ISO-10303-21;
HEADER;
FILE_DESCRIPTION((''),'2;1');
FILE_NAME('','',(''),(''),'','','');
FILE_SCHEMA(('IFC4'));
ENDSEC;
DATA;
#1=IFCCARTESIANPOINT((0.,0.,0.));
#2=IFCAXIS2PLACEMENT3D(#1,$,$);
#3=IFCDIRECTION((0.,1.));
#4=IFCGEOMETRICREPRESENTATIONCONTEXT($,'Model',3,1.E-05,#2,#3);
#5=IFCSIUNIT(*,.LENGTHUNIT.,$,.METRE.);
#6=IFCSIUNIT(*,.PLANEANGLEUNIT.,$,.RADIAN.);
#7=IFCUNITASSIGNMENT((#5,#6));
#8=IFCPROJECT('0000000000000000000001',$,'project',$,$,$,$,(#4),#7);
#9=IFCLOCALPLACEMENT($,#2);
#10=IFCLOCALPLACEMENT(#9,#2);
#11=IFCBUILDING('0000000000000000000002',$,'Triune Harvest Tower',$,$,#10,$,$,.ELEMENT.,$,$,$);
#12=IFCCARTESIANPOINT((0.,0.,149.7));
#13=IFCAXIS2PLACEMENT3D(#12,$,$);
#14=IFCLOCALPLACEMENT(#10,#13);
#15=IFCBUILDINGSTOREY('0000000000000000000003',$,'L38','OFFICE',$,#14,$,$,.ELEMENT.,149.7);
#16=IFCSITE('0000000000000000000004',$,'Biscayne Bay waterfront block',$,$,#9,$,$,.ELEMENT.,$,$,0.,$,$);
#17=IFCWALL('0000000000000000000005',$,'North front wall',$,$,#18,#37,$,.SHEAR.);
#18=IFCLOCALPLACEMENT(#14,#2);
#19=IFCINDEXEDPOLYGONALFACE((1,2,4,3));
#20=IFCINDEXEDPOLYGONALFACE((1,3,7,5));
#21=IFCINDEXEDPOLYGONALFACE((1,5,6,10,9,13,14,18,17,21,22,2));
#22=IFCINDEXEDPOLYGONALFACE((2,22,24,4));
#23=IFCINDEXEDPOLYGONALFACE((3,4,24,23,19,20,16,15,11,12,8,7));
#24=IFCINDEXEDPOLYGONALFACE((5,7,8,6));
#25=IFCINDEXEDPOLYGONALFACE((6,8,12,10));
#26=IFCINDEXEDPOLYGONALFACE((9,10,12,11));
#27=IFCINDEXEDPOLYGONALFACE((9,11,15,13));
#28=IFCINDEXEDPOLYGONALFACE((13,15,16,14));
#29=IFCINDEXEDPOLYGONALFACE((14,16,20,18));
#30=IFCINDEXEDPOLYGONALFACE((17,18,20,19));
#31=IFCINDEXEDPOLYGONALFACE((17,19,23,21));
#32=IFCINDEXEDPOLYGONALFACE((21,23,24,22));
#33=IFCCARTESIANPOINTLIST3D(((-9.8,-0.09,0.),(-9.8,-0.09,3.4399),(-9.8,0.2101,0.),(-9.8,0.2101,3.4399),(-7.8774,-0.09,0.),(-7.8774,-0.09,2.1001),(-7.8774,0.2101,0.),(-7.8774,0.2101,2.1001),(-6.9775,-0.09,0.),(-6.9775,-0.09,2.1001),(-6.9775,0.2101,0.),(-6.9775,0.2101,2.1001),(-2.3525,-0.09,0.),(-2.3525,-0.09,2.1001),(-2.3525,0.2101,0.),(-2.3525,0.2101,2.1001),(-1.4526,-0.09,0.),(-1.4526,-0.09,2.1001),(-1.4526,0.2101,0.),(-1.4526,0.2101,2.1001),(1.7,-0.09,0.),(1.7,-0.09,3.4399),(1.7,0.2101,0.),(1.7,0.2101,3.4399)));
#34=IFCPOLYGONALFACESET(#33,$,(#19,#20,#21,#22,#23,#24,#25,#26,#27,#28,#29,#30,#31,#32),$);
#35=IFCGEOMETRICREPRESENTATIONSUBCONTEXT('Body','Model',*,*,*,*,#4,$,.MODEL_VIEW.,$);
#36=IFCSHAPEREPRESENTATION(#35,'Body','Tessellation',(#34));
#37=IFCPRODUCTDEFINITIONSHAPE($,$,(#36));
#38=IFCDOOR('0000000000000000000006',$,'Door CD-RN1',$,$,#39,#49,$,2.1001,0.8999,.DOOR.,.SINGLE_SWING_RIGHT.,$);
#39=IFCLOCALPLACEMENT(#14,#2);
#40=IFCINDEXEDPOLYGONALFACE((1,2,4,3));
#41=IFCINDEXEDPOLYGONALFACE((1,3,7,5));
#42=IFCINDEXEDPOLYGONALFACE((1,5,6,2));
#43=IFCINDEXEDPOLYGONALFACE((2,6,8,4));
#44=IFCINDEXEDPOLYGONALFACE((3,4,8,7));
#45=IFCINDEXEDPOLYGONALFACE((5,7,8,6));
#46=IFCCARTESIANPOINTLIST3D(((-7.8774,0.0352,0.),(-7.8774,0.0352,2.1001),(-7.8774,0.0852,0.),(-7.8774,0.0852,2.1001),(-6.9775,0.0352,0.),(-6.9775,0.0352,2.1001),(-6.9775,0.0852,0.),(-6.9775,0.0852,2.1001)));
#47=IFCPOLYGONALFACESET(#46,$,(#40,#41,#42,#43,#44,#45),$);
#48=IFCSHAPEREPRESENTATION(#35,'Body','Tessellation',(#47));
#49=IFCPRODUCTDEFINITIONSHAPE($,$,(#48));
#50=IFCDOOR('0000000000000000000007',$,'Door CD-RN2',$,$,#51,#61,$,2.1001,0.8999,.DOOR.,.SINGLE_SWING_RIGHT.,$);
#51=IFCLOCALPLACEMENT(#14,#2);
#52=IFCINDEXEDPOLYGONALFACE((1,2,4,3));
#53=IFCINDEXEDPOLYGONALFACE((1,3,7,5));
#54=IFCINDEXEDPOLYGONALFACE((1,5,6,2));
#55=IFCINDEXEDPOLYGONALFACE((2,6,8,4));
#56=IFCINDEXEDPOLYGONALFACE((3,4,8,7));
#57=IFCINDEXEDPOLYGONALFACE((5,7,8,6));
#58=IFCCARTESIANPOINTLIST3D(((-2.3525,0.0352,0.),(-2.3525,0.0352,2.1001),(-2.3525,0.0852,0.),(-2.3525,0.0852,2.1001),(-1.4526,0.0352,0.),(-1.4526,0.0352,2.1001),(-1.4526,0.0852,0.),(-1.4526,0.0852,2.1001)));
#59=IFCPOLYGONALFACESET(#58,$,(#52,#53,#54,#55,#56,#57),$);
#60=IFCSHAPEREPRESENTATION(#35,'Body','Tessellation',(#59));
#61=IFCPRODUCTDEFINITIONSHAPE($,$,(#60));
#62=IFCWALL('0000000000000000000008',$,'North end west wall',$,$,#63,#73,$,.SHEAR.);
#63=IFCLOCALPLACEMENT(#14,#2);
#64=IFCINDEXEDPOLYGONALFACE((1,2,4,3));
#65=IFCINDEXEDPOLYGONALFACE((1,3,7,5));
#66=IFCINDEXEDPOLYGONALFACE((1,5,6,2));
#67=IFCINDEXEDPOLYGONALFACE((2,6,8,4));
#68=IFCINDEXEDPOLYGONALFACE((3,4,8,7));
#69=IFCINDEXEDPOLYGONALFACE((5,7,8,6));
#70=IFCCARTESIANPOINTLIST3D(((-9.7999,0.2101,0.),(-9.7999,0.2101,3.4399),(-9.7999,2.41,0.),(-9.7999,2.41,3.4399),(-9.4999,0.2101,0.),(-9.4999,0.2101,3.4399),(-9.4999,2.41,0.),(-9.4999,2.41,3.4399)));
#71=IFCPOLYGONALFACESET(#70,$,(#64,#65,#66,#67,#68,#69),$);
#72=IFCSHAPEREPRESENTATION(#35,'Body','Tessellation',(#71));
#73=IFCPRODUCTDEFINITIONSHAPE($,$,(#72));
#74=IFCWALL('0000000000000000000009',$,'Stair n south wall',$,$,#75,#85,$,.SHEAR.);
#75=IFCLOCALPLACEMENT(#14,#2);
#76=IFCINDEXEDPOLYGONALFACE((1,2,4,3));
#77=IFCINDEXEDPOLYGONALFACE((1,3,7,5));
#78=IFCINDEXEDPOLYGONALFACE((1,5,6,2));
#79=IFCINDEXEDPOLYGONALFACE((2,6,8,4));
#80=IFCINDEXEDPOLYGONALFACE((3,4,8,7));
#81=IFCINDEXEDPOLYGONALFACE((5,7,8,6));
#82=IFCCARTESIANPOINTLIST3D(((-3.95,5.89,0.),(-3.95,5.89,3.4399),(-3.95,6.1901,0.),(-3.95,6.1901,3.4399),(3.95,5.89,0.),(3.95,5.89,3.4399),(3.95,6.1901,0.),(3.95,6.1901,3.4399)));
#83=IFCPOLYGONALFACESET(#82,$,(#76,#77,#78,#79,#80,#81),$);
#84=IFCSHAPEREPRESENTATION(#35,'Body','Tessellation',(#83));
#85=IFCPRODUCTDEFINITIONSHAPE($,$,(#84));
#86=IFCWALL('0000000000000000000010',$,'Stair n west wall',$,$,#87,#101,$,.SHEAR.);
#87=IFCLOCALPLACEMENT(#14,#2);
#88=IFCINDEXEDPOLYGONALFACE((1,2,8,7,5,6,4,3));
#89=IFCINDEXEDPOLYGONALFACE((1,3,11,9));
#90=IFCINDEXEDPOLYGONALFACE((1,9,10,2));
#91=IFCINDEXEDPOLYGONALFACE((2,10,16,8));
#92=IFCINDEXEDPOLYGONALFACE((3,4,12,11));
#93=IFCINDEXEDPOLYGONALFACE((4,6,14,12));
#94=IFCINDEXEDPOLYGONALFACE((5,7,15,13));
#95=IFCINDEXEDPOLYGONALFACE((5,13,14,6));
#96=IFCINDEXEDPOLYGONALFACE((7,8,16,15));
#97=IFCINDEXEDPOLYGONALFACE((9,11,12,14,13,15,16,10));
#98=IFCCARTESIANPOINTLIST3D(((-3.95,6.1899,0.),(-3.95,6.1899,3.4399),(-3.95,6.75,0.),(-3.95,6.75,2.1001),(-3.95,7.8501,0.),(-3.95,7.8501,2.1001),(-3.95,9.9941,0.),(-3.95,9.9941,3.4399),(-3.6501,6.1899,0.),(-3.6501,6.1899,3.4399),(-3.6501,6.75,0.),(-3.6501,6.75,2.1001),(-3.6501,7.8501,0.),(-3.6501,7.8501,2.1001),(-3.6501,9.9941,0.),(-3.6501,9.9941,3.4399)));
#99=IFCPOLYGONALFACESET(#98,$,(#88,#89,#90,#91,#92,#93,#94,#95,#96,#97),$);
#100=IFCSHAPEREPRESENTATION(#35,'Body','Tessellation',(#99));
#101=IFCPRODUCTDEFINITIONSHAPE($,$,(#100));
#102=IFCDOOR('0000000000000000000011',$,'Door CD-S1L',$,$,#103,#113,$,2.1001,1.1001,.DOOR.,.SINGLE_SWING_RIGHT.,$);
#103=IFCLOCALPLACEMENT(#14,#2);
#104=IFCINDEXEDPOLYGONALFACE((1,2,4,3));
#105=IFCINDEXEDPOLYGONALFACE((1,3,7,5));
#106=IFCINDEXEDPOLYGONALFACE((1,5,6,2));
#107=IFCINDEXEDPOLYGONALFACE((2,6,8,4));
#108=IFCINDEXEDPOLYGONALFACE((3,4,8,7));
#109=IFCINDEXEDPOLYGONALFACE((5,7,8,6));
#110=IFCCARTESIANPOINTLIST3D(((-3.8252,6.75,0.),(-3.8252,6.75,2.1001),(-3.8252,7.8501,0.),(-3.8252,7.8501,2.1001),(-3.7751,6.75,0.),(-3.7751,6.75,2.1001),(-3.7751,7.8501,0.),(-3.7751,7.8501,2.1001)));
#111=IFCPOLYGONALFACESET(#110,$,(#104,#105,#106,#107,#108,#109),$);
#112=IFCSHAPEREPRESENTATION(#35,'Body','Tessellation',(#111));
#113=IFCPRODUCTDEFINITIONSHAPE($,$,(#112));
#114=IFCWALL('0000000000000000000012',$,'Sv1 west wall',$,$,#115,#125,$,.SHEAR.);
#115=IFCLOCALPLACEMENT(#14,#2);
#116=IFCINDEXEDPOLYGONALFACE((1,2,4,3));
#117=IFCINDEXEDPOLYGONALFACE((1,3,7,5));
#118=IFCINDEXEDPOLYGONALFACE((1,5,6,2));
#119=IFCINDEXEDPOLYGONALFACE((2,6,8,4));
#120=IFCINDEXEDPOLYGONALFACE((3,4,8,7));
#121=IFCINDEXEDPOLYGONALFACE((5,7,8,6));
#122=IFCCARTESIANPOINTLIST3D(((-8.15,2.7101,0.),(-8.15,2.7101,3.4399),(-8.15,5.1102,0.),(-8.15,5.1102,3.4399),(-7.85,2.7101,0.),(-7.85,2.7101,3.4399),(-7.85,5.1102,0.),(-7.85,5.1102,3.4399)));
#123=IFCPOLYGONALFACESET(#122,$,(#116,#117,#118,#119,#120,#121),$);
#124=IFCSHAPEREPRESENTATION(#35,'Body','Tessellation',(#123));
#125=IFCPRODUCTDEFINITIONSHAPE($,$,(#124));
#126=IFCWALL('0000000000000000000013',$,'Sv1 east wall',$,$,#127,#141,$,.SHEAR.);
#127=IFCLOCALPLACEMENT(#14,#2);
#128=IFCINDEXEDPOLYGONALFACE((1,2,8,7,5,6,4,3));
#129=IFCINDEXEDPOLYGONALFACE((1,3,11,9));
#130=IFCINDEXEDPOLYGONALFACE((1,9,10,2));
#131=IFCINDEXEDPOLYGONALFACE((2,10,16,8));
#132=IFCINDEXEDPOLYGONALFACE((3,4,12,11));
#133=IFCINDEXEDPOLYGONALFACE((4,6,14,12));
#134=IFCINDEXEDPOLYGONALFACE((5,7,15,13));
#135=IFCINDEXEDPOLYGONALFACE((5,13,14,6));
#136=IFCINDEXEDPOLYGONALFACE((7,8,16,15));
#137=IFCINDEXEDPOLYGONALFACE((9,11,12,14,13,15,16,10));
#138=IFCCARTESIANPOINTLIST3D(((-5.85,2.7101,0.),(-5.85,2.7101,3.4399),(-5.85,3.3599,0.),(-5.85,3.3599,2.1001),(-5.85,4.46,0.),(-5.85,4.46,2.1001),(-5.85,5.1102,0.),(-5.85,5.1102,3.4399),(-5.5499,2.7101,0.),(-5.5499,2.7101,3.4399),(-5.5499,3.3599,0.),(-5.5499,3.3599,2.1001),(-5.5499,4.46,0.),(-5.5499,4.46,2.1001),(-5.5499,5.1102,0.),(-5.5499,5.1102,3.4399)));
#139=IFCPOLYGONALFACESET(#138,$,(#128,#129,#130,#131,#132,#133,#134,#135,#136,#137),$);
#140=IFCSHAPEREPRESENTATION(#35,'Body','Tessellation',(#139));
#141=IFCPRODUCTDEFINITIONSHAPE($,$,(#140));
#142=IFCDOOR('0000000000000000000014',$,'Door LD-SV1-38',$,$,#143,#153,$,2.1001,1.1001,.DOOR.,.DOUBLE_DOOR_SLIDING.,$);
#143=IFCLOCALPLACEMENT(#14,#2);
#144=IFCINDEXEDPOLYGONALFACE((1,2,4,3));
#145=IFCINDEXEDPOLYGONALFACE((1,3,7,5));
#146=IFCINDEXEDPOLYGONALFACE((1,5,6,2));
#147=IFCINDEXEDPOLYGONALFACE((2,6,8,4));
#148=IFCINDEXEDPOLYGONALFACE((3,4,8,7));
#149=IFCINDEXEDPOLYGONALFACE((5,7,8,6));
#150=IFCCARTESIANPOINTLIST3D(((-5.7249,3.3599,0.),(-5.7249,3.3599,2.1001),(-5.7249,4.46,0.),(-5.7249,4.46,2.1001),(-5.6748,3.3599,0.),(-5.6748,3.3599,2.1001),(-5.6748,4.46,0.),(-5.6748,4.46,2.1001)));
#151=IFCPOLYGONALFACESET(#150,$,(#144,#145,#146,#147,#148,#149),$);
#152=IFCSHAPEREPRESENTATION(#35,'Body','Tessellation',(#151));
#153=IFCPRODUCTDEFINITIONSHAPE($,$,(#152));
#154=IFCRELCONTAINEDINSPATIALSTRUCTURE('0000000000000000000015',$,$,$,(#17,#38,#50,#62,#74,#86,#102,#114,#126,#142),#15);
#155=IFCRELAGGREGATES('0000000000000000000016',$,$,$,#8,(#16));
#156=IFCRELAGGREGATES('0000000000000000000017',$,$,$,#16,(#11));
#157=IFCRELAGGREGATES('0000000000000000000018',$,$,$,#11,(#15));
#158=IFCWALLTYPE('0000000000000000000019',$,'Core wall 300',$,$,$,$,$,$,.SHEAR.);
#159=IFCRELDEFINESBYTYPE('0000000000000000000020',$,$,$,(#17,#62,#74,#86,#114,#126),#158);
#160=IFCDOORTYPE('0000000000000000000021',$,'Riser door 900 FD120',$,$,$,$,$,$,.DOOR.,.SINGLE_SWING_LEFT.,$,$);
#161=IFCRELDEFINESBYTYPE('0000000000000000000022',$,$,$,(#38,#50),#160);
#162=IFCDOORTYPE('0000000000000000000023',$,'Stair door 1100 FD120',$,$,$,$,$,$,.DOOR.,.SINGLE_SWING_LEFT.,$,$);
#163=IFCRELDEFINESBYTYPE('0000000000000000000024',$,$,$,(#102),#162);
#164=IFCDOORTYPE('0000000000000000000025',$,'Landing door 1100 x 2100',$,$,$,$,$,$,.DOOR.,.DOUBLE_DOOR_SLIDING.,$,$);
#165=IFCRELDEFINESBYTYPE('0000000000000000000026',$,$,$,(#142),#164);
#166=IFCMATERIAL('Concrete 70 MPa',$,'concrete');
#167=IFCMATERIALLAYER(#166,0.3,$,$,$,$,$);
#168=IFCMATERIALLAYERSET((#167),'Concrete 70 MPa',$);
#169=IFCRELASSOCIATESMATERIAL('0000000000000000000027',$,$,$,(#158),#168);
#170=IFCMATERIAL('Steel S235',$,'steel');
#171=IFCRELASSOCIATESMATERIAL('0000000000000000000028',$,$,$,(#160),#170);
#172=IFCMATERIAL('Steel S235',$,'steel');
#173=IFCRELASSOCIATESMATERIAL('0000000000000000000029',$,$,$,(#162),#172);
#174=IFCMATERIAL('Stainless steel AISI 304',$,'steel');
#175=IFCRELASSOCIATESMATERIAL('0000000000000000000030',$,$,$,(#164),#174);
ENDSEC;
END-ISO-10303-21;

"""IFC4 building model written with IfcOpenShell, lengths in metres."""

from ifc_helpers import new_model, si_unit, direction, frame, frame_2d, origin, place, context, subcontext, project, spatial, polyline, rectangle, outline, extrude, source, transform, mapped, material, layer, layer_set, type_object, element, fill, save


model = new_model("IFC4")

# Units and contexts
model_context = context("Model", 3, precision=1e-05, world=origin(), true_north=direction((0.0, 1.0)))
body_context = subcontext(model_context, "Body", "Model", "MODEL_VIEW")
ifc_project = project(units=[si_unit("LENGTHUNIT", "METRE"), si_unit("PLANEANGLEUNIT", "RADIAN")], contexts=[model_context])

# Site, building, storey
site_placement = place(None, origin())
site = spatial("IfcSite", under=ifc_project, at=site_placement, Name="Biscayne Bay waterfront block", CompositionType="ELEMENT", RefElevation=0.0)
building_placement = place(site_placement, origin())
building = spatial("IfcBuilding", under=site, at=building_placement, Name="Triune Harvest Tower", CompositionType="ELEMENT")
storey_placement = place(building_placement, frame((0.0, 0.0, 149.7)))
storey = spatial("IfcBuildingStorey", under=building, at=storey_placement, Name="L38", Description="OFFICE", CompositionType="ELEMENT", Elevation=149.7)

# Wall, openings, doors
ifc_material_1 = material(Name="Concrete 70 MPa", Category="concrete")
ifc_layer_1 = layer(ifc_material_1, 0.3)
ifc_layer_set_1 = layer_set([ifc_layer_1], Name="Concrete 70 MPa")
wall_type_1 = type_object("IfcWallType", Name="Core wall 300", PredefinedType="SHEAR", material=ifc_layer_set_1)
shared_shape_1 = source(origin(), body_context, "Body", "SweptSolid", [
    extrude(rectangle(XDim=11.5, YDim=0.3, at=frame_2d((5.75, 0.0))), origin(), (0.0, 0.0, 1.0), 3.4399),
])
wall_1_placement = place(storey_placement, frame((-9.8, 0.0601, 0.0), z_axis=(0.0, 0.0, 1.0), x_axis=(1.0, 0.0, 0.0)))
wall_1 = element("IfcWall", 1, at=wall_1_placement, inside=storey, type_object=wall_type_1, Name="North front wall", PredefinedType="SHEAR", context=body_context, shape_type="MappedRepresentation", body=[
    mapped(shared_shape_1, transform((0.0, 0.0, 0.0), scale=1.0)),
])
opening_1_placement = place(wall_1_placement, frame((1.9226, 0.0, 0.0)))
opening_1 = element("IfcOpeningElement", 2, at=opening_1_placement, cuts=wall_1, PredefinedType="OPENING", context=body_context, shape_type="SweptSolid", body=[
    extrude(rectangle(XDim=0.8999, YDim=2.1001, at=frame_2d((0.45, 1.05))), frame((0.0, 0.1602, 0.0), z_axis=(0.0, -1.0, 0.0), x_axis=(1.0, 0.0, 0.0)), (0.0, 0.0, 1.0), 0.3201),
])
opening_2_placement = place(wall_1_placement, frame((7.4475, 0.0, 0.0)))
opening_2 = element("IfcOpeningElement", 3, at=opening_2_placement, cuts=wall_1, PredefinedType="OPENING", context=body_context, shape_type="SweptSolid", body=[
    extrude(rectangle(XDim=0.8999, YDim=2.1001, at=frame_2d((0.45, 1.05))), frame((0.0, 0.1602, 0.0), z_axis=(0.0, -1.0, 0.0), x_axis=(1.0, 0.0, 0.0)), (0.0, 0.0, 1.0), 0.3201),
])
ifc_material_2 = material(Name="Steel S235", Category="steel")
door_type_1 = type_object("IfcDoorType", Name="Riser door 900 FD120", OperationType="SINGLE_SWING_LEFT", PredefinedType="DOOR", material=ifc_material_2)
door_1_placement = place(opening_1_placement, frame((0.8999, 0.0, 0.0), z_axis=(0.0, 0.0, 1.0), x_axis=(-1.0, 0.0, 0.0)))
door_1 = element("IfcDoor", 4, at=door_1_placement, inside=storey, type_object=door_type_1, Name="Door CD-RN1", OperationType="SINGLE_SWING_RIGHT", OverallHeight=2.1001, OverallWidth=0.8999, PredefinedType="DOOR", context=body_context, shape_type="SweptSolid", body=[
    extrude(rectangle(XDim=0.8999, YDim=2.1001, at=frame_2d((0.45, 1.05))), frame((0.0, 0.0249, 0.0), z_axis=(0.0, -1.0, 0.0), x_axis=(1.0, 0.0, 0.0)), (0.0, 0.0, 1.0), 0.05),
])
fill(opening_1, door_1)
door_2_placement = place(opening_2_placement, frame((0.8999, 0.0, 0.0), z_axis=(0.0, 0.0, 1.0), x_axis=(-1.0, 0.0, 0.0)))
door_2 = element("IfcDoor", 5, at=door_2_placement, inside=storey, type_object=door_type_1, Name="Door CD-RN2", OperationType="SINGLE_SWING_RIGHT", OverallHeight=2.1001, OverallWidth=0.8999, PredefinedType="DOOR", context=body_context, shape_type="SweptSolid", body=[
    extrude(rectangle(XDim=0.8999, YDim=2.1001, at=frame_2d((0.45, 1.05))), frame((0.0, 0.0249, 0.0), z_axis=(0.0, -1.0, 0.0), x_axis=(1.0, 0.0, 0.0)), (0.0, 0.0, 1.0), 0.05),
])
fill(opening_2, door_2)

# Walls
shared_shape_2 = source(origin(), body_context, "Body", "SweptSolid", [
    extrude(rectangle(XDim=2.2, YDim=0.3, at=frame_2d((1.1001, 0.0))), origin(), (0.0, 0.0, 1.0), 3.4399),
])
wall_2_placement = place(storey_placement, frame((-9.6499, 0.21, 0.0), z_axis=(0.0, 0.0, 1.0), x_axis=(0.0, 1.0, 0.0)))
element("IfcWall", 6, at=wall_2_placement, inside=storey, type_object=wall_type_1, Name="North end west wall", PredefinedType="SHEAR", context=body_context, shape_type="MappedRepresentation", body=[
    mapped(shared_shape_2, transform((0.0, 0.0, 0.0), scale=1.0)),
])
shared_shape_3 = source(origin(), body_context, "Body", "SweptSolid", [
    extrude(rectangle(XDim=7.8999, YDim=0.3, at=frame_2d((3.95, 0.0))), origin(), (0.0, 0.0, 1.0), 3.4399),
])
wall_3_placement = place(storey_placement, frame((-3.95, 6.04, 0.0), z_axis=(0.0, 0.0, 1.0), x_axis=(1.0, 0.0, 0.0)))
element("IfcWall", 7, at=wall_3_placement, inside=storey, type_object=wall_type_1, Name="Stair n south wall", PredefinedType="SHEAR", context=body_context, shape_type="MappedRepresentation", body=[
    mapped(shared_shape_3, transform((0.0, 0.0, 0.0), scale=1.0)),
])

# Wall, opening, door
shared_shape_4 = source(origin(), body_context, "Body", "SweptSolid", [
    extrude(outline(polyline([(0.0, -0.1499), (0.0, 0.1499), (3.8042, 0.1499), (3.8042, -0.1499), (0.0, -0.1499)])), origin(), (0.0, 0.0, 1.0), 3.4399),
])
wall_4_placement = place(storey_placement, frame((-3.8, 6.1899, 0.0), z_axis=(0.0, 0.0, 1.0), x_axis=(0.0, 1.0, 0.0)))
wall_4 = element("IfcWall", 8, at=wall_4_placement, inside=storey, type_object=wall_type_1, Name="Stair n west wall", PredefinedType="SHEAR", context=body_context, shape_type="MappedRepresentation", body=[
    mapped(shared_shape_4, transform((0.0, 0.0, 0.0), scale=1.0)),
])
opening_3_placement = place(wall_4_placement, frame((0.5601, 0.0, 0.0)))
opening_3 = element("IfcOpeningElement", 9, at=opening_3_placement, cuts=wall_4, PredefinedType="OPENING", context=body_context, shape_type="SweptSolid", body=[
    extrude(rectangle(XDim=1.1001, YDim=2.1001, at=frame_2d((0.55, 1.05))), frame((0.0, 0.1602, 0.0), z_axis=(0.0, -1.0, 0.0), x_axis=(1.0, 0.0, 0.0)), (0.0, 0.0, 1.0), 0.3201),
])
ifc_material_3 = material(Name="Steel S235", Category="steel")
door_type_2 = type_object("IfcDoorType", Name="Stair door 1100 FD120", OperationType="SINGLE_SWING_LEFT", PredefinedType="DOOR", material=ifc_material_3)
door_3_placement = place(opening_3_placement, frame((1.1001, 0.0, 0.0), z_axis=(0.0, 0.0, 1.0), x_axis=(-1.0, 0.0, 0.0)))
door_3 = element("IfcDoor", 10, at=door_3_placement, inside=storey, type_object=door_type_2, Name="Door CD-S1L", OperationType="SINGLE_SWING_RIGHT", OverallHeight=2.1001, OverallWidth=1.1001, PredefinedType="DOOR", context=body_context, shape_type="SweptSolid", body=[
    extrude(rectangle(XDim=1.1001, YDim=2.1001, at=frame_2d((0.55, 1.05))), frame((0.0, 0.0249, 0.0), z_axis=(0.0, -1.0, 0.0), x_axis=(1.0, 0.0, 0.0)), (0.0, 0.0, 1.0), 0.05),
])
fill(opening_3, door_3)

# Wall
shared_shape_5 = source(origin(), body_context, "Body", "SweptSolid", [
    extrude(rectangle(XDim=2.4001, YDim=0.3, at=frame_2d((1.2002, 0.0))), origin(), (0.0, 0.0, 1.0), 3.4399),
])
wall_5_placement = place(storey_placement, frame((-8.0, 2.71, 0.0), z_axis=(0.0, 0.0, 1.0), x_axis=(0.0, 1.0, 0.0)))
element("IfcWall", 11, at=wall_5_placement, inside=storey, type_object=wall_type_1, Name="Sv1 west wall", PredefinedType="SHEAR", context=body_context, shape_type="MappedRepresentation", body=[
    mapped(shared_shape_5, transform((0.0, 0.0, 0.0), scale=1.0)),
])

# Wall, opening, door
wall_6_placement = place(storey_placement, frame((-5.7, 2.71, 0.0), z_axis=(0.0, 0.0, 1.0), x_axis=(0.0, 1.0, 0.0)))
wall_6 = element("IfcWall", 12, at=wall_6_placement, inside=storey, type_object=wall_type_1, Name="Sv1 east wall", PredefinedType="SHEAR", context=body_context, shape_type="MappedRepresentation", body=[
    mapped(shared_shape_5, transform((0.0, 0.0, 0.0), scale=1.0)),
])
opening_4_placement = place(wall_6_placement, frame((0.6499, 0.0, 0.0)))
opening_4 = element("IfcOpeningElement", 13, at=opening_4_placement, cuts=wall_6, PredefinedType="OPENING", context=body_context, shape_type="SweptSolid", body=[
    extrude(rectangle(XDim=1.1001, YDim=2.1001, at=frame_2d((0.55, 1.05))), frame((0.0, 0.1602, 0.0), z_axis=(0.0, -1.0, 0.0), x_axis=(1.0, 0.0, 0.0)), (0.0, 0.0, 1.0), 0.3201),
])
ifc_material_4 = material(Name="Stainless steel AISI 304", Category="steel")
door_type_3 = type_object("IfcDoorType", Name="Landing door 1100 x 2100", OperationType="DOUBLE_DOOR_SLIDING", PredefinedType="DOOR", material=ifc_material_4)
door_4_placement = place(opening_4_placement, origin())
door_4 = element("IfcDoor", 14, at=door_4_placement, inside=storey, type_object=door_type_3, Name="Door LD-SV1-38", OperationType="DOUBLE_DOOR_SLIDING", OverallHeight=2.1001, OverallWidth=1.1001, PredefinedType="DOOR", context=body_context, shape_type="SweptSolid", body=[
    extrude(rectangle(XDim=1.1001, YDim=2.1001, at=frame_2d((0.55, 1.05))), frame((0.0, 0.0249, 0.0), z_axis=(0.0, -1.0, 0.0), x_axis=(1.0, 0.0, 0.0)), (0.0, 0.0, 1.0), 0.05),
])
fill(opening_4, door_4)

save(model, "model.ifc")
